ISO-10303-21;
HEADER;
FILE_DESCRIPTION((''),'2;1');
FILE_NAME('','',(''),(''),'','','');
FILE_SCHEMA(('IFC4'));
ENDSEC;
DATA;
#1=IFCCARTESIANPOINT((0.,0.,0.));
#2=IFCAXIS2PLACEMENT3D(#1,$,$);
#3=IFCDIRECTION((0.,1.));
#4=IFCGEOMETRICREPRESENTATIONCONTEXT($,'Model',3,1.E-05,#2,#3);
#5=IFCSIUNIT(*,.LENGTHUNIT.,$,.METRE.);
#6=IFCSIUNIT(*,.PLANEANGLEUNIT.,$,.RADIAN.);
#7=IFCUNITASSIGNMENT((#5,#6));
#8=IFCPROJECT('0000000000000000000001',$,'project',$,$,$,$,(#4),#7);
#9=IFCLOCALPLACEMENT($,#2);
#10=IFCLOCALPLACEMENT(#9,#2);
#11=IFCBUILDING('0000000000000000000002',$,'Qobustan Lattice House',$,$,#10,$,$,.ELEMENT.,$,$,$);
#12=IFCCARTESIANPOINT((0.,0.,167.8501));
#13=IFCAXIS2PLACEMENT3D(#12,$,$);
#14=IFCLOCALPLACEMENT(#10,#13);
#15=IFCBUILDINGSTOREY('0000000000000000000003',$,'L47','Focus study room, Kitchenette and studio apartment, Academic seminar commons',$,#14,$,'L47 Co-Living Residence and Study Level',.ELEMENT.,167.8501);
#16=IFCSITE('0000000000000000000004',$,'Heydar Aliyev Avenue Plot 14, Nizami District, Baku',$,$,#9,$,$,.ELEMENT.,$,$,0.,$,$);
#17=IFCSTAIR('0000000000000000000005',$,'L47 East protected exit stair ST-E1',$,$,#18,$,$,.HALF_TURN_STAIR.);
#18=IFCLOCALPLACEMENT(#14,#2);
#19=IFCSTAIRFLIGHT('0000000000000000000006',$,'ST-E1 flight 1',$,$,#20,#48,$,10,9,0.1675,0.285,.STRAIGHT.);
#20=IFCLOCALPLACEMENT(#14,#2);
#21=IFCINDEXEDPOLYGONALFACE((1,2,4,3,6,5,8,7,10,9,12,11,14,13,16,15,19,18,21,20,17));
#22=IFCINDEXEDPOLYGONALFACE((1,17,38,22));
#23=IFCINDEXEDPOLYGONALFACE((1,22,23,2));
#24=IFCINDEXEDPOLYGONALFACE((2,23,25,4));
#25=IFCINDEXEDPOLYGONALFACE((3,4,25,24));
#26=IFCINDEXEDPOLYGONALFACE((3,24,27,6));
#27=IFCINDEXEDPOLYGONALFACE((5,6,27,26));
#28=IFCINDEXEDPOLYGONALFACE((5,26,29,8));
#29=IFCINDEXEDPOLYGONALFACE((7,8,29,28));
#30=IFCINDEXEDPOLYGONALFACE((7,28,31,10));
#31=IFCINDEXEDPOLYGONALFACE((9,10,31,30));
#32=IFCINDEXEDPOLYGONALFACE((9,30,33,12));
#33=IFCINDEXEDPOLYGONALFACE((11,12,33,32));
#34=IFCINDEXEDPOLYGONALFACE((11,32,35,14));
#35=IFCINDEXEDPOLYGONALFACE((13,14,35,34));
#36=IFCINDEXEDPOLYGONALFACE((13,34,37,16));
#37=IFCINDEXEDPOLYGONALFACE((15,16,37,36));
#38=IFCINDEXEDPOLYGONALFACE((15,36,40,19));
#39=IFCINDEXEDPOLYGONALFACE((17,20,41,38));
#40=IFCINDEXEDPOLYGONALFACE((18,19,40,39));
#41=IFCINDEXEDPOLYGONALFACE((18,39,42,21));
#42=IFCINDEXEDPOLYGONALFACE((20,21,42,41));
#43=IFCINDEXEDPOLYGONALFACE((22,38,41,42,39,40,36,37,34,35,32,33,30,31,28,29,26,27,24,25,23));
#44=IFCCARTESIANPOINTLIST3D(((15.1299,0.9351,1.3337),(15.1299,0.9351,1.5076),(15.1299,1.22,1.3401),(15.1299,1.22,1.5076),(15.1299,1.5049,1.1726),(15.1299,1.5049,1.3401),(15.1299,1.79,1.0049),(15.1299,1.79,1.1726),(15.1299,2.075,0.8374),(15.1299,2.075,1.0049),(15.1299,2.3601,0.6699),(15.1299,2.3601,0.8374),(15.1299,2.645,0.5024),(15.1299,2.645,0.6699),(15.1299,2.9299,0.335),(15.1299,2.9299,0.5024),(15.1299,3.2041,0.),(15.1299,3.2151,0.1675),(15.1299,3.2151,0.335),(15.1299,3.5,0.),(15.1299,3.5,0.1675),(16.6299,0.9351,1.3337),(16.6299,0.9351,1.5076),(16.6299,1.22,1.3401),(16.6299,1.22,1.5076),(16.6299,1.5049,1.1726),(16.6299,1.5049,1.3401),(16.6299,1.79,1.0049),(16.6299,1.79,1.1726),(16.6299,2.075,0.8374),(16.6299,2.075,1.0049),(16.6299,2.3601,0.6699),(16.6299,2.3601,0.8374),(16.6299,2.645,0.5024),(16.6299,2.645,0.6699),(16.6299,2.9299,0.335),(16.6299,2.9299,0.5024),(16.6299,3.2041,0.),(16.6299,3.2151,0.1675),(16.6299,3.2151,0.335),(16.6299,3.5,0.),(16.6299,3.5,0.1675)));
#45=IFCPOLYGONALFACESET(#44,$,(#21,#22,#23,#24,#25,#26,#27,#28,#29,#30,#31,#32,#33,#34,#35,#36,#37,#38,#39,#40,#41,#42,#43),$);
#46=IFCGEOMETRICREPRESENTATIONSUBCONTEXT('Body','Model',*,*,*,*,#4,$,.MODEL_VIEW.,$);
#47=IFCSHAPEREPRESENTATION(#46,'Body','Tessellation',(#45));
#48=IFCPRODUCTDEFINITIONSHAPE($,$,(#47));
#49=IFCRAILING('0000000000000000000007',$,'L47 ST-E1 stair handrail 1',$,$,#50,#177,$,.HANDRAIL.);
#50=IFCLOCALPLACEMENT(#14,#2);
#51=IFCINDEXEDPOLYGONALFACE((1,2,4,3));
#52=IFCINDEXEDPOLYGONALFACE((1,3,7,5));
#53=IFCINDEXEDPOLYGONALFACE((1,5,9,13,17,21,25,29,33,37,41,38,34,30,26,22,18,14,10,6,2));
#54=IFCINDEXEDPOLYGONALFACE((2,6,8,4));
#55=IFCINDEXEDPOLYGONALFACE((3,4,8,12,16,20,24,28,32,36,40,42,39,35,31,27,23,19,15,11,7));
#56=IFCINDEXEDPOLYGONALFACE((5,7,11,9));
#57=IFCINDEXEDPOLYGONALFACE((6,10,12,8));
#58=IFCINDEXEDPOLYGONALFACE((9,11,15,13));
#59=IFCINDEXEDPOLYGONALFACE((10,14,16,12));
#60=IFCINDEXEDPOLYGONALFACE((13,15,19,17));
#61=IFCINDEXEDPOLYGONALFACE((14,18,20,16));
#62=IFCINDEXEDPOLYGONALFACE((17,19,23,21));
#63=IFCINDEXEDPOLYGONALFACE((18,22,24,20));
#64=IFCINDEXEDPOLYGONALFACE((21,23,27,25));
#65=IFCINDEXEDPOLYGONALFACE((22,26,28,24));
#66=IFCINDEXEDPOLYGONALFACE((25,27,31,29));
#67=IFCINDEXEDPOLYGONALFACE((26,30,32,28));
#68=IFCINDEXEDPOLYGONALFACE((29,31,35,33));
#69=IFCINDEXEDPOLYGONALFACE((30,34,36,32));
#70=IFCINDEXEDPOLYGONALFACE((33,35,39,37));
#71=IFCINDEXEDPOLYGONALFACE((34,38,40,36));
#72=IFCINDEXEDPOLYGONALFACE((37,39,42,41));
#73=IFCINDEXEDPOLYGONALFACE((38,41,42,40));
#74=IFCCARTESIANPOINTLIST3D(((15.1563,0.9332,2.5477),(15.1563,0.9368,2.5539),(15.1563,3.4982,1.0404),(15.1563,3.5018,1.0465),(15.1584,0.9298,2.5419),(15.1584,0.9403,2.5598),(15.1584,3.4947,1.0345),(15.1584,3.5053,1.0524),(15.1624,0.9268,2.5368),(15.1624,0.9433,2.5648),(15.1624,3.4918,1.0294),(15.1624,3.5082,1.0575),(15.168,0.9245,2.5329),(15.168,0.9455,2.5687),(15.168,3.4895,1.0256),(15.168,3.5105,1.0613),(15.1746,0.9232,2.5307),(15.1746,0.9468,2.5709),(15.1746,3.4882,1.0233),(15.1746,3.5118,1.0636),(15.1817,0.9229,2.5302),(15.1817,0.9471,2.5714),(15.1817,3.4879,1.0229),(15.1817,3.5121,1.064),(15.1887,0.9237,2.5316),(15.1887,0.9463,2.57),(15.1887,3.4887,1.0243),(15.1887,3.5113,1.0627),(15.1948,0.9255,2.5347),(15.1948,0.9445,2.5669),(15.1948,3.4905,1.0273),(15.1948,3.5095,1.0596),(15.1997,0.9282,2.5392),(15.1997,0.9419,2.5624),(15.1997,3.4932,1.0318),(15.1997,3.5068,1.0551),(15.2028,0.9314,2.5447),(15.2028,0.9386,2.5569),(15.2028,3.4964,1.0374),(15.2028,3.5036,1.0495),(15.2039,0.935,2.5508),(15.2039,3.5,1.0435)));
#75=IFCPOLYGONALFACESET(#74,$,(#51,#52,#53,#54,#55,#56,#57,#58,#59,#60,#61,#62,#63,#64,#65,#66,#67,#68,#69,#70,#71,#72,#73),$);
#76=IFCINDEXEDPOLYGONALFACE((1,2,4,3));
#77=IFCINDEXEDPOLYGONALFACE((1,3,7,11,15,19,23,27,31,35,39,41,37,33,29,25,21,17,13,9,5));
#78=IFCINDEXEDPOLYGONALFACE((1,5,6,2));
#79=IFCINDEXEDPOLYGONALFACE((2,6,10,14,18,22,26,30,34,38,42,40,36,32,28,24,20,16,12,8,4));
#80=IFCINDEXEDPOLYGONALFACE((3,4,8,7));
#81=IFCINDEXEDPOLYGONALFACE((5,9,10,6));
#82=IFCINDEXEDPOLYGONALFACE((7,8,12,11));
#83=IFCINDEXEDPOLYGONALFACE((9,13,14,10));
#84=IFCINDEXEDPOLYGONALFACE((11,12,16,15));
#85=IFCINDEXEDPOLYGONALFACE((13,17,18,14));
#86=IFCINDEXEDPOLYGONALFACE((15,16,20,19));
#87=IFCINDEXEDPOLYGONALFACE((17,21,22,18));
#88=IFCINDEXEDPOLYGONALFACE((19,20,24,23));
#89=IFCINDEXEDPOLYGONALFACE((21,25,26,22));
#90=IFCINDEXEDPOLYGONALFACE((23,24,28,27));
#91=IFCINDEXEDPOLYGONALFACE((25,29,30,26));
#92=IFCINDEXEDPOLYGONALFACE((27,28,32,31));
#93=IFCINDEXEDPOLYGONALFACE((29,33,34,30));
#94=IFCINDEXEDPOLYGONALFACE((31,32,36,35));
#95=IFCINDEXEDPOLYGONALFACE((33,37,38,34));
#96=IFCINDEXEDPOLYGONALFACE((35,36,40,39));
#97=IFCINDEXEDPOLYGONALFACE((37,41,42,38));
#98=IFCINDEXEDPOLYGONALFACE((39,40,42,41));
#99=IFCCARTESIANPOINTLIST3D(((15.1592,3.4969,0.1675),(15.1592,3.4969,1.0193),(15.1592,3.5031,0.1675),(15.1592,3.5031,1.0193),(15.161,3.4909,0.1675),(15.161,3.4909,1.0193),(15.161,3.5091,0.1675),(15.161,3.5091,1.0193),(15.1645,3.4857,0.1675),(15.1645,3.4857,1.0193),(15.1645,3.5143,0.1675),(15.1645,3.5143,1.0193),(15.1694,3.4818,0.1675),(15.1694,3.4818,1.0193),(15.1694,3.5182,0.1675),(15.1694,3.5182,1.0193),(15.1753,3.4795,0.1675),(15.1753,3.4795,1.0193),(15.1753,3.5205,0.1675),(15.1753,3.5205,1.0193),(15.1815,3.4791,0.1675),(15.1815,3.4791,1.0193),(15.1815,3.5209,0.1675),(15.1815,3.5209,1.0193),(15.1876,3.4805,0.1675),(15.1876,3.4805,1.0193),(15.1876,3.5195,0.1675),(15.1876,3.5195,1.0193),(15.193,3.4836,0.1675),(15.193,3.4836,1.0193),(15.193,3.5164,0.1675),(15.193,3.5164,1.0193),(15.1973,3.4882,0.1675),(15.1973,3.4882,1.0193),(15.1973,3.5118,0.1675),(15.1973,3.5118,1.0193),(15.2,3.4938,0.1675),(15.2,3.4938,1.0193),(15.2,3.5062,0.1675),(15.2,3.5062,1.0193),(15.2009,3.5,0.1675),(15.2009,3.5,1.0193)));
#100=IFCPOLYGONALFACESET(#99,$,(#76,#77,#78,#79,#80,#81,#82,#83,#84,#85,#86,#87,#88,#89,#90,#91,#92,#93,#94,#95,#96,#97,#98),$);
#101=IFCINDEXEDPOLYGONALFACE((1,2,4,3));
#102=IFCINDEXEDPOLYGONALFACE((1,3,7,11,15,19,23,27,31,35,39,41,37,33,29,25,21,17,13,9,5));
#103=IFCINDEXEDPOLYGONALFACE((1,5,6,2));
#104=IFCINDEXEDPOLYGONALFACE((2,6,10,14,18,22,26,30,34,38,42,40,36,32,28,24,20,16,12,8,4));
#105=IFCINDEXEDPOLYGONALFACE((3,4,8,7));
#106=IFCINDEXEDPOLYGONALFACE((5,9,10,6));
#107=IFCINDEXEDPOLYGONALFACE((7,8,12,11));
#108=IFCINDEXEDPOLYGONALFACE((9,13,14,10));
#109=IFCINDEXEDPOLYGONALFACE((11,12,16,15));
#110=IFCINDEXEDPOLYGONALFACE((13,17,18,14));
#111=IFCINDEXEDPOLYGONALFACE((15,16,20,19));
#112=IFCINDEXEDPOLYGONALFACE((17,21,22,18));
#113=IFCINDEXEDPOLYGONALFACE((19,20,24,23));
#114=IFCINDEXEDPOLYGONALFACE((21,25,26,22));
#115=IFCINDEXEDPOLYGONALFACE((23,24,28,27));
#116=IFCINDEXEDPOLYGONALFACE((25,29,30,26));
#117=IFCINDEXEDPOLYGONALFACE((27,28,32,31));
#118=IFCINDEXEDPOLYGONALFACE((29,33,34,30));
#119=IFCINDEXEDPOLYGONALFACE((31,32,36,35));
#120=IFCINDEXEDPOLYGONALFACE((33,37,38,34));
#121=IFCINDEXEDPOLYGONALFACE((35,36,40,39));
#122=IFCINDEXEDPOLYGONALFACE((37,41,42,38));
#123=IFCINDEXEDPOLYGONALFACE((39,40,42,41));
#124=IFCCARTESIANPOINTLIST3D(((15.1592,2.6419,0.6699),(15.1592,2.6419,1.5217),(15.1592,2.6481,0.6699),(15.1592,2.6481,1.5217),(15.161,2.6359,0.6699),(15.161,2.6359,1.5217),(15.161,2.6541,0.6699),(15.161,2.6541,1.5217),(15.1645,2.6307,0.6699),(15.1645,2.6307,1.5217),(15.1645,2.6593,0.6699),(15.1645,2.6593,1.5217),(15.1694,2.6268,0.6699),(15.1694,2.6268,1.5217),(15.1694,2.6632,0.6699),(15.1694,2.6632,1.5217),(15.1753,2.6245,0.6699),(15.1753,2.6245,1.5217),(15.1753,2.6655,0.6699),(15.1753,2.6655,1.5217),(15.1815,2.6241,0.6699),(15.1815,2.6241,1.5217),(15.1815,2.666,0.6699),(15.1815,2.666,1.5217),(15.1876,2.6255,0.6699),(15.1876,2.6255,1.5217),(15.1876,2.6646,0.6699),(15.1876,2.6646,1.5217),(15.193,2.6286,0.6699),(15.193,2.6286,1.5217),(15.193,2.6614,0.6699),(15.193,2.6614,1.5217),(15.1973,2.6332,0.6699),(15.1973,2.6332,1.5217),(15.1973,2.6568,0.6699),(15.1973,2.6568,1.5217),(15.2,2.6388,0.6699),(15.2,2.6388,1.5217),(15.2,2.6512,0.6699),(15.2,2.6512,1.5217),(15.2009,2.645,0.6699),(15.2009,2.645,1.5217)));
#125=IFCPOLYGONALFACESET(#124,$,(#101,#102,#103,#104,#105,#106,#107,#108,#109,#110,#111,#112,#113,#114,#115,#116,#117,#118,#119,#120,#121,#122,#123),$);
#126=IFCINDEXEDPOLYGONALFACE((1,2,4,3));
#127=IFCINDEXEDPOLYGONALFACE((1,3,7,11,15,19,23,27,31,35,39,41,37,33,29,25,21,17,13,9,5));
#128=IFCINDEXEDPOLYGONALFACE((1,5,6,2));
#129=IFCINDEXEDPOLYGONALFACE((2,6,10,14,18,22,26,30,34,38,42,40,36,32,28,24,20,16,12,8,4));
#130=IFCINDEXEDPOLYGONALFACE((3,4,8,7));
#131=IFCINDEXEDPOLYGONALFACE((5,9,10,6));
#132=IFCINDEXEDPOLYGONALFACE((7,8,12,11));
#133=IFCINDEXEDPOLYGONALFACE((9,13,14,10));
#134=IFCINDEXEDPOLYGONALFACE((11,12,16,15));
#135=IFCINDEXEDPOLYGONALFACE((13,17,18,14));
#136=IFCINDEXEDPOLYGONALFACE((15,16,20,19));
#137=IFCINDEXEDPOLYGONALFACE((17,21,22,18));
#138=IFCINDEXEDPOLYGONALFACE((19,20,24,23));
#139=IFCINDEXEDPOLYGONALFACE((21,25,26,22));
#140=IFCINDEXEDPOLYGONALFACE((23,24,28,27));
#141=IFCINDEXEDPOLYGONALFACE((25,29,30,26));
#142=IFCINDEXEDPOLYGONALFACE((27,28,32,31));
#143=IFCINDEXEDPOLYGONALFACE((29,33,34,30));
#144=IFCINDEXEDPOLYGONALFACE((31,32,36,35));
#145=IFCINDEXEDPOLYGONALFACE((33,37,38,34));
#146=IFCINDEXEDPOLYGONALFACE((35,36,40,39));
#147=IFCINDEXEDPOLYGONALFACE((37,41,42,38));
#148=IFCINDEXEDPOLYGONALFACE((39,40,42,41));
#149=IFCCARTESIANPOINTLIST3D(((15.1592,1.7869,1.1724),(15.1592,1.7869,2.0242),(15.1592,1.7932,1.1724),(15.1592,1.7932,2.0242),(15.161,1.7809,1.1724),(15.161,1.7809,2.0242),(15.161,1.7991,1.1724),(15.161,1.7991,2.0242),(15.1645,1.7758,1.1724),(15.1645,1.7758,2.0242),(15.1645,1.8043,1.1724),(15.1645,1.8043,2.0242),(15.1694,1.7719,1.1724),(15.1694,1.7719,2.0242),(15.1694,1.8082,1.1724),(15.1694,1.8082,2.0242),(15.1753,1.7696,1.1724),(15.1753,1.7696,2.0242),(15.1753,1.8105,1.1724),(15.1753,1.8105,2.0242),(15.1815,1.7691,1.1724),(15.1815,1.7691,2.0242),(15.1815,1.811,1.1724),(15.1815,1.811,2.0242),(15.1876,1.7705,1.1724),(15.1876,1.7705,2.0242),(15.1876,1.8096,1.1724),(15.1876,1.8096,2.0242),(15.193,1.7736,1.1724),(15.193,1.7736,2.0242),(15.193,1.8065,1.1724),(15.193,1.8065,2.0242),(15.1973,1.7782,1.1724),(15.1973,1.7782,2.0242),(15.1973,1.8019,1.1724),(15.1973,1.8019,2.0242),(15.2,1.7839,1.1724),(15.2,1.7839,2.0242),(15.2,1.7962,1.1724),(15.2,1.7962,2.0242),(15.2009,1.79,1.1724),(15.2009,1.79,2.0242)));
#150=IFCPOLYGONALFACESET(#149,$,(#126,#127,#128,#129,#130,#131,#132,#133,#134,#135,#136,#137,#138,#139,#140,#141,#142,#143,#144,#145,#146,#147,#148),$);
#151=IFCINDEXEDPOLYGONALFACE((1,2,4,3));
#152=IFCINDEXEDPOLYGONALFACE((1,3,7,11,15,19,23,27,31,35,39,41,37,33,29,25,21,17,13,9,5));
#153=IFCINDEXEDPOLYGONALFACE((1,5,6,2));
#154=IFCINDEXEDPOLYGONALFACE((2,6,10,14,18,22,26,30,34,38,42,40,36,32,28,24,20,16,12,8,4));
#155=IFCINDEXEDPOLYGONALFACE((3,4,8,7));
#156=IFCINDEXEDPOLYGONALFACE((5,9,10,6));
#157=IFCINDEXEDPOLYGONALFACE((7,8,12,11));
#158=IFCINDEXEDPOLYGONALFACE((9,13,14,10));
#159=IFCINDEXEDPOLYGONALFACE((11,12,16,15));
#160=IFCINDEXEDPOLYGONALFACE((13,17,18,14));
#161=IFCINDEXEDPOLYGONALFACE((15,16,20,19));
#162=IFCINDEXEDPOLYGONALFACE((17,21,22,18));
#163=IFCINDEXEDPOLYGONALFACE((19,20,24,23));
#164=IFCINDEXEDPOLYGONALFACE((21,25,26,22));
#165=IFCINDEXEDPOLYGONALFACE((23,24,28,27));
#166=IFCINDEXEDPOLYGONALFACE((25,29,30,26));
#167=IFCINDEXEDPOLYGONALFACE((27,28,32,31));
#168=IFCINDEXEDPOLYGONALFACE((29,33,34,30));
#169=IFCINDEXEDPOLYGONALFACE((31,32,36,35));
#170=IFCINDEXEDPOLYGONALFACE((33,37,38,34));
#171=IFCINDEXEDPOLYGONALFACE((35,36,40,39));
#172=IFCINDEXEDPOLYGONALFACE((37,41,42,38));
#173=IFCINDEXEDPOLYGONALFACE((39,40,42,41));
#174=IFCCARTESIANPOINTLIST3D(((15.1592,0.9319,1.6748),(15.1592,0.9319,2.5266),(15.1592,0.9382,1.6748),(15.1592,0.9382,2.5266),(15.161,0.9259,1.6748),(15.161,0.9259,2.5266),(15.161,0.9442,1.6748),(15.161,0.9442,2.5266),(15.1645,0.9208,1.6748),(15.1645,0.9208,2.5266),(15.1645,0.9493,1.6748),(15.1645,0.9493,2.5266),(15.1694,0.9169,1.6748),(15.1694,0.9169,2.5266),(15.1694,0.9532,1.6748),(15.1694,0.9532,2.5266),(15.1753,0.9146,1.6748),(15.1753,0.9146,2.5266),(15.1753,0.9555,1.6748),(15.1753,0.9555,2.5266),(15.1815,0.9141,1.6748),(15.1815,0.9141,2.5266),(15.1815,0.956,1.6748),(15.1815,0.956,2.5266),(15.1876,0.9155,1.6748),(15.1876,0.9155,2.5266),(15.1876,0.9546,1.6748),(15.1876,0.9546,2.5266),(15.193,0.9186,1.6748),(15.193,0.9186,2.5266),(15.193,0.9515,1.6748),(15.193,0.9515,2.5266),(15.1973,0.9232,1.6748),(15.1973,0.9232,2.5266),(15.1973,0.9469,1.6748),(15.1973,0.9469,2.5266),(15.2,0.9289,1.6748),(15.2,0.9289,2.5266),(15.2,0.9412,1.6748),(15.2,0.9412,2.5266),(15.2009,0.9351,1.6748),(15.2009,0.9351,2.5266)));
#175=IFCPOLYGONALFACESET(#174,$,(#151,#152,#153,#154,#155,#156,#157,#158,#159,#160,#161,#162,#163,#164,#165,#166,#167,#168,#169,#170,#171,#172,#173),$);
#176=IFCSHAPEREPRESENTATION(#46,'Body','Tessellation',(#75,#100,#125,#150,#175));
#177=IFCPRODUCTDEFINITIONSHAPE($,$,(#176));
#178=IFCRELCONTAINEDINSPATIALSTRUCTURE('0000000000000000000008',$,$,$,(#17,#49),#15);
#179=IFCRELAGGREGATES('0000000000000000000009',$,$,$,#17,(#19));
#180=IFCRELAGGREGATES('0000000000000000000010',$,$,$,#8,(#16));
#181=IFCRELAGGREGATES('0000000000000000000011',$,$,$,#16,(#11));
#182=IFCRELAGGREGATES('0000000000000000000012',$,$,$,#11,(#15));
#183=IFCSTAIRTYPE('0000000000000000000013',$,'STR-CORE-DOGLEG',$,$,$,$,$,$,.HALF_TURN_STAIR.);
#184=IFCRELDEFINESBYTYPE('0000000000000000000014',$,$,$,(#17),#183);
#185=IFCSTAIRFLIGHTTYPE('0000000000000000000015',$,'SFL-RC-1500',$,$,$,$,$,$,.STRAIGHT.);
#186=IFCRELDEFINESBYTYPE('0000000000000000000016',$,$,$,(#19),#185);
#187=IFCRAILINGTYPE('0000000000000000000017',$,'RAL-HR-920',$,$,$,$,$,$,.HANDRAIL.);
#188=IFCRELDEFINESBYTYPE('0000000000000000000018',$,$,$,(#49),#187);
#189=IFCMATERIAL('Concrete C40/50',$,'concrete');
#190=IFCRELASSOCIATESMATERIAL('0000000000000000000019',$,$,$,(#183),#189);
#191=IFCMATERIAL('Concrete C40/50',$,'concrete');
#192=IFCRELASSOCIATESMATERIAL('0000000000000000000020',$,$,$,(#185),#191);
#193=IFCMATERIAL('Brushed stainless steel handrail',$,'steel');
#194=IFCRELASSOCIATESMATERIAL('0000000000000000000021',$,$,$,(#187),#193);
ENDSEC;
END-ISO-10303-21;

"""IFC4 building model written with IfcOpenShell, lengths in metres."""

from ifc_helpers import new_model, si_unit, direction, frame, origin, origin_2d, place, context, subcontext, project, spatial, polyline, circle, outline, extrude, material, type_object, element, aggregate, save


model = new_model("IFC4")

# Units and contexts
model_context = context("Model", 3, precision=1e-05, world=origin(), true_north=direction((0.0, 1.0)))
body_context = subcontext(model_context, "Body", "Model", "MODEL_VIEW")
ifc_project = project(units=[si_unit("LENGTHUNIT", "METRE"), si_unit("PLANEANGLEUNIT", "RADIAN")], contexts=[model_context])

# Site, building, storey
site_placement = place(None, origin())
site = spatial("IfcSite", under=ifc_project, at=site_placement, Name="Heydar Aliyev Avenue Plot 14, Nizami District, Baku", CompositionType="ELEMENT", RefElevation=0.0)
building_placement = place(site_placement, origin())
building = spatial("IfcBuilding", under=site, at=building_placement, Name="Qobustan Lattice House", CompositionType="ELEMENT")
storey_placement = place(building_placement, frame((0.0, 0.0, 167.8501)))
storey = spatial("IfcBuildingStorey", under=building, at=storey_placement, Name="L47", Description="Focus study room, Kitchenette and studio apartment, Academic seminar commons", LongName="L47 Co-Living Residence and Study Level", CompositionType="ELEMENT", Elevation=167.8501)

# Stair, stair flight
ifc_material_1 = material(Name="Concrete C40/50", Category="concrete")
stair_type = type_object("IfcStairType", Name="STR-CORE-DOGLEG", PredefinedType="HALF_TURN_STAIR", material=ifc_material_1)
stair_placement = place(storey_placement, origin())
stair = element("IfcStair", 1, at=stair_placement, inside=storey, type_object=stair_type, Name="L47 East protected exit stair ST-E1", PredefinedType="HALF_TURN_STAIR")
ifc_material_2 = material(Name="Concrete C40/50", Category="concrete")
stair_flight_type = type_object("IfcStairFlightType", Name="SFL-RC-1500", PredefinedType="STRAIGHT", material=ifc_material_2)
stair_flight_placement = place(storey_placement, frame((15.8799, 3.5, 0.0), z_axis=(0.0, 0.0, 1.0), x_axis=(0.0, -1.0, 0.0)))
stair_flight = element("IfcStairFlight", 2, at=stair_flight_placement, type_object=stair_flight_type, Name="ST-E1 flight 1", NumberOfRisers=10, NumberOfTreads=9, PredefinedType="STRAIGHT", RiserHeight=0.1675, TreadLength=0.285, context=body_context, shape_type="SweptSolid", body=[
    extrude(outline(polyline([(0.0, 0.0), (0.0, 0.1675), (0.2849, 0.1675), (0.2849, 0.335), (0.5701, 0.335), (0.5701, 0.5024), (0.855, 0.5024), (0.855, 0.6699), (1.1399, 0.6699), (1.1399, 0.8374), (1.425, 0.8374), (1.425, 1.0049), (1.71, 1.0049), (1.71, 1.1726), (1.9951, 1.1726), (1.9951, 1.3401), (2.28, 1.3401), (2.28, 1.5076), (2.5649, 1.5076), (2.5649, 1.675), (2.5649, 1.3337), (0.2959, 0.0), (0.0, 0.0)])), frame((0.0, 0.75, 0.0), z_axis=(0.0, -1.0, 0.0), x_axis=(1.0, 0.0, 0.0)), (0.0, 0.0, 1.0), 1.5),
])
aggregate(stair, [stair_flight])

# Railing
ifc_material_3 = material(Name="Brushed stainless steel handrail", Category="steel")
railing_type_1 = type_object("IfcRailingType", Name="RAL-HR-920", PredefinedType="HANDRAIL", material=ifc_material_3)
railing_1_placement = place(storey_placement, frame((15.1799, 3.5, 0.1675)))
element("IfcRailing", 3, at=railing_1_placement, inside=storey, type_object=railing_type_1, Name="L47 ST-E1 stair handrail 1", PredefinedType="HANDRAIL", context=body_context, shape_type="SweptSolid", body=[
    extrude(circle(Radius=0.0239, at=origin_2d()), frame((0.0, 0.0, 0.876), z_axis=(0.0, -0.862149, 0.506654), x_axis=(1.0, 0.0, 0.0)), (0.0, 0.0, 1.0), 2.9751),
    extrude(circle(Radius=0.021, at=origin_2d()), origin(), (0.0, 0.0, 1.0), 0.8518),
    extrude(circle(Radius=0.021, at=origin_2d()), frame((0.0, -0.855, 0.5024)), (0.0, 0.0, 1.0), 0.8518),
    extrude(circle(Radius=0.021, at=origin_2d()), frame((0.0, -1.71, 1.0049)), (0.0, 0.0, 1.0), 0.8518),
    extrude(circle(Radius=0.021, at=origin_2d()), frame((0.0, -2.5649, 1.5073)), (0.0, 0.0, 1.0), 0.8518),
])

save(model, "model.ifc")
